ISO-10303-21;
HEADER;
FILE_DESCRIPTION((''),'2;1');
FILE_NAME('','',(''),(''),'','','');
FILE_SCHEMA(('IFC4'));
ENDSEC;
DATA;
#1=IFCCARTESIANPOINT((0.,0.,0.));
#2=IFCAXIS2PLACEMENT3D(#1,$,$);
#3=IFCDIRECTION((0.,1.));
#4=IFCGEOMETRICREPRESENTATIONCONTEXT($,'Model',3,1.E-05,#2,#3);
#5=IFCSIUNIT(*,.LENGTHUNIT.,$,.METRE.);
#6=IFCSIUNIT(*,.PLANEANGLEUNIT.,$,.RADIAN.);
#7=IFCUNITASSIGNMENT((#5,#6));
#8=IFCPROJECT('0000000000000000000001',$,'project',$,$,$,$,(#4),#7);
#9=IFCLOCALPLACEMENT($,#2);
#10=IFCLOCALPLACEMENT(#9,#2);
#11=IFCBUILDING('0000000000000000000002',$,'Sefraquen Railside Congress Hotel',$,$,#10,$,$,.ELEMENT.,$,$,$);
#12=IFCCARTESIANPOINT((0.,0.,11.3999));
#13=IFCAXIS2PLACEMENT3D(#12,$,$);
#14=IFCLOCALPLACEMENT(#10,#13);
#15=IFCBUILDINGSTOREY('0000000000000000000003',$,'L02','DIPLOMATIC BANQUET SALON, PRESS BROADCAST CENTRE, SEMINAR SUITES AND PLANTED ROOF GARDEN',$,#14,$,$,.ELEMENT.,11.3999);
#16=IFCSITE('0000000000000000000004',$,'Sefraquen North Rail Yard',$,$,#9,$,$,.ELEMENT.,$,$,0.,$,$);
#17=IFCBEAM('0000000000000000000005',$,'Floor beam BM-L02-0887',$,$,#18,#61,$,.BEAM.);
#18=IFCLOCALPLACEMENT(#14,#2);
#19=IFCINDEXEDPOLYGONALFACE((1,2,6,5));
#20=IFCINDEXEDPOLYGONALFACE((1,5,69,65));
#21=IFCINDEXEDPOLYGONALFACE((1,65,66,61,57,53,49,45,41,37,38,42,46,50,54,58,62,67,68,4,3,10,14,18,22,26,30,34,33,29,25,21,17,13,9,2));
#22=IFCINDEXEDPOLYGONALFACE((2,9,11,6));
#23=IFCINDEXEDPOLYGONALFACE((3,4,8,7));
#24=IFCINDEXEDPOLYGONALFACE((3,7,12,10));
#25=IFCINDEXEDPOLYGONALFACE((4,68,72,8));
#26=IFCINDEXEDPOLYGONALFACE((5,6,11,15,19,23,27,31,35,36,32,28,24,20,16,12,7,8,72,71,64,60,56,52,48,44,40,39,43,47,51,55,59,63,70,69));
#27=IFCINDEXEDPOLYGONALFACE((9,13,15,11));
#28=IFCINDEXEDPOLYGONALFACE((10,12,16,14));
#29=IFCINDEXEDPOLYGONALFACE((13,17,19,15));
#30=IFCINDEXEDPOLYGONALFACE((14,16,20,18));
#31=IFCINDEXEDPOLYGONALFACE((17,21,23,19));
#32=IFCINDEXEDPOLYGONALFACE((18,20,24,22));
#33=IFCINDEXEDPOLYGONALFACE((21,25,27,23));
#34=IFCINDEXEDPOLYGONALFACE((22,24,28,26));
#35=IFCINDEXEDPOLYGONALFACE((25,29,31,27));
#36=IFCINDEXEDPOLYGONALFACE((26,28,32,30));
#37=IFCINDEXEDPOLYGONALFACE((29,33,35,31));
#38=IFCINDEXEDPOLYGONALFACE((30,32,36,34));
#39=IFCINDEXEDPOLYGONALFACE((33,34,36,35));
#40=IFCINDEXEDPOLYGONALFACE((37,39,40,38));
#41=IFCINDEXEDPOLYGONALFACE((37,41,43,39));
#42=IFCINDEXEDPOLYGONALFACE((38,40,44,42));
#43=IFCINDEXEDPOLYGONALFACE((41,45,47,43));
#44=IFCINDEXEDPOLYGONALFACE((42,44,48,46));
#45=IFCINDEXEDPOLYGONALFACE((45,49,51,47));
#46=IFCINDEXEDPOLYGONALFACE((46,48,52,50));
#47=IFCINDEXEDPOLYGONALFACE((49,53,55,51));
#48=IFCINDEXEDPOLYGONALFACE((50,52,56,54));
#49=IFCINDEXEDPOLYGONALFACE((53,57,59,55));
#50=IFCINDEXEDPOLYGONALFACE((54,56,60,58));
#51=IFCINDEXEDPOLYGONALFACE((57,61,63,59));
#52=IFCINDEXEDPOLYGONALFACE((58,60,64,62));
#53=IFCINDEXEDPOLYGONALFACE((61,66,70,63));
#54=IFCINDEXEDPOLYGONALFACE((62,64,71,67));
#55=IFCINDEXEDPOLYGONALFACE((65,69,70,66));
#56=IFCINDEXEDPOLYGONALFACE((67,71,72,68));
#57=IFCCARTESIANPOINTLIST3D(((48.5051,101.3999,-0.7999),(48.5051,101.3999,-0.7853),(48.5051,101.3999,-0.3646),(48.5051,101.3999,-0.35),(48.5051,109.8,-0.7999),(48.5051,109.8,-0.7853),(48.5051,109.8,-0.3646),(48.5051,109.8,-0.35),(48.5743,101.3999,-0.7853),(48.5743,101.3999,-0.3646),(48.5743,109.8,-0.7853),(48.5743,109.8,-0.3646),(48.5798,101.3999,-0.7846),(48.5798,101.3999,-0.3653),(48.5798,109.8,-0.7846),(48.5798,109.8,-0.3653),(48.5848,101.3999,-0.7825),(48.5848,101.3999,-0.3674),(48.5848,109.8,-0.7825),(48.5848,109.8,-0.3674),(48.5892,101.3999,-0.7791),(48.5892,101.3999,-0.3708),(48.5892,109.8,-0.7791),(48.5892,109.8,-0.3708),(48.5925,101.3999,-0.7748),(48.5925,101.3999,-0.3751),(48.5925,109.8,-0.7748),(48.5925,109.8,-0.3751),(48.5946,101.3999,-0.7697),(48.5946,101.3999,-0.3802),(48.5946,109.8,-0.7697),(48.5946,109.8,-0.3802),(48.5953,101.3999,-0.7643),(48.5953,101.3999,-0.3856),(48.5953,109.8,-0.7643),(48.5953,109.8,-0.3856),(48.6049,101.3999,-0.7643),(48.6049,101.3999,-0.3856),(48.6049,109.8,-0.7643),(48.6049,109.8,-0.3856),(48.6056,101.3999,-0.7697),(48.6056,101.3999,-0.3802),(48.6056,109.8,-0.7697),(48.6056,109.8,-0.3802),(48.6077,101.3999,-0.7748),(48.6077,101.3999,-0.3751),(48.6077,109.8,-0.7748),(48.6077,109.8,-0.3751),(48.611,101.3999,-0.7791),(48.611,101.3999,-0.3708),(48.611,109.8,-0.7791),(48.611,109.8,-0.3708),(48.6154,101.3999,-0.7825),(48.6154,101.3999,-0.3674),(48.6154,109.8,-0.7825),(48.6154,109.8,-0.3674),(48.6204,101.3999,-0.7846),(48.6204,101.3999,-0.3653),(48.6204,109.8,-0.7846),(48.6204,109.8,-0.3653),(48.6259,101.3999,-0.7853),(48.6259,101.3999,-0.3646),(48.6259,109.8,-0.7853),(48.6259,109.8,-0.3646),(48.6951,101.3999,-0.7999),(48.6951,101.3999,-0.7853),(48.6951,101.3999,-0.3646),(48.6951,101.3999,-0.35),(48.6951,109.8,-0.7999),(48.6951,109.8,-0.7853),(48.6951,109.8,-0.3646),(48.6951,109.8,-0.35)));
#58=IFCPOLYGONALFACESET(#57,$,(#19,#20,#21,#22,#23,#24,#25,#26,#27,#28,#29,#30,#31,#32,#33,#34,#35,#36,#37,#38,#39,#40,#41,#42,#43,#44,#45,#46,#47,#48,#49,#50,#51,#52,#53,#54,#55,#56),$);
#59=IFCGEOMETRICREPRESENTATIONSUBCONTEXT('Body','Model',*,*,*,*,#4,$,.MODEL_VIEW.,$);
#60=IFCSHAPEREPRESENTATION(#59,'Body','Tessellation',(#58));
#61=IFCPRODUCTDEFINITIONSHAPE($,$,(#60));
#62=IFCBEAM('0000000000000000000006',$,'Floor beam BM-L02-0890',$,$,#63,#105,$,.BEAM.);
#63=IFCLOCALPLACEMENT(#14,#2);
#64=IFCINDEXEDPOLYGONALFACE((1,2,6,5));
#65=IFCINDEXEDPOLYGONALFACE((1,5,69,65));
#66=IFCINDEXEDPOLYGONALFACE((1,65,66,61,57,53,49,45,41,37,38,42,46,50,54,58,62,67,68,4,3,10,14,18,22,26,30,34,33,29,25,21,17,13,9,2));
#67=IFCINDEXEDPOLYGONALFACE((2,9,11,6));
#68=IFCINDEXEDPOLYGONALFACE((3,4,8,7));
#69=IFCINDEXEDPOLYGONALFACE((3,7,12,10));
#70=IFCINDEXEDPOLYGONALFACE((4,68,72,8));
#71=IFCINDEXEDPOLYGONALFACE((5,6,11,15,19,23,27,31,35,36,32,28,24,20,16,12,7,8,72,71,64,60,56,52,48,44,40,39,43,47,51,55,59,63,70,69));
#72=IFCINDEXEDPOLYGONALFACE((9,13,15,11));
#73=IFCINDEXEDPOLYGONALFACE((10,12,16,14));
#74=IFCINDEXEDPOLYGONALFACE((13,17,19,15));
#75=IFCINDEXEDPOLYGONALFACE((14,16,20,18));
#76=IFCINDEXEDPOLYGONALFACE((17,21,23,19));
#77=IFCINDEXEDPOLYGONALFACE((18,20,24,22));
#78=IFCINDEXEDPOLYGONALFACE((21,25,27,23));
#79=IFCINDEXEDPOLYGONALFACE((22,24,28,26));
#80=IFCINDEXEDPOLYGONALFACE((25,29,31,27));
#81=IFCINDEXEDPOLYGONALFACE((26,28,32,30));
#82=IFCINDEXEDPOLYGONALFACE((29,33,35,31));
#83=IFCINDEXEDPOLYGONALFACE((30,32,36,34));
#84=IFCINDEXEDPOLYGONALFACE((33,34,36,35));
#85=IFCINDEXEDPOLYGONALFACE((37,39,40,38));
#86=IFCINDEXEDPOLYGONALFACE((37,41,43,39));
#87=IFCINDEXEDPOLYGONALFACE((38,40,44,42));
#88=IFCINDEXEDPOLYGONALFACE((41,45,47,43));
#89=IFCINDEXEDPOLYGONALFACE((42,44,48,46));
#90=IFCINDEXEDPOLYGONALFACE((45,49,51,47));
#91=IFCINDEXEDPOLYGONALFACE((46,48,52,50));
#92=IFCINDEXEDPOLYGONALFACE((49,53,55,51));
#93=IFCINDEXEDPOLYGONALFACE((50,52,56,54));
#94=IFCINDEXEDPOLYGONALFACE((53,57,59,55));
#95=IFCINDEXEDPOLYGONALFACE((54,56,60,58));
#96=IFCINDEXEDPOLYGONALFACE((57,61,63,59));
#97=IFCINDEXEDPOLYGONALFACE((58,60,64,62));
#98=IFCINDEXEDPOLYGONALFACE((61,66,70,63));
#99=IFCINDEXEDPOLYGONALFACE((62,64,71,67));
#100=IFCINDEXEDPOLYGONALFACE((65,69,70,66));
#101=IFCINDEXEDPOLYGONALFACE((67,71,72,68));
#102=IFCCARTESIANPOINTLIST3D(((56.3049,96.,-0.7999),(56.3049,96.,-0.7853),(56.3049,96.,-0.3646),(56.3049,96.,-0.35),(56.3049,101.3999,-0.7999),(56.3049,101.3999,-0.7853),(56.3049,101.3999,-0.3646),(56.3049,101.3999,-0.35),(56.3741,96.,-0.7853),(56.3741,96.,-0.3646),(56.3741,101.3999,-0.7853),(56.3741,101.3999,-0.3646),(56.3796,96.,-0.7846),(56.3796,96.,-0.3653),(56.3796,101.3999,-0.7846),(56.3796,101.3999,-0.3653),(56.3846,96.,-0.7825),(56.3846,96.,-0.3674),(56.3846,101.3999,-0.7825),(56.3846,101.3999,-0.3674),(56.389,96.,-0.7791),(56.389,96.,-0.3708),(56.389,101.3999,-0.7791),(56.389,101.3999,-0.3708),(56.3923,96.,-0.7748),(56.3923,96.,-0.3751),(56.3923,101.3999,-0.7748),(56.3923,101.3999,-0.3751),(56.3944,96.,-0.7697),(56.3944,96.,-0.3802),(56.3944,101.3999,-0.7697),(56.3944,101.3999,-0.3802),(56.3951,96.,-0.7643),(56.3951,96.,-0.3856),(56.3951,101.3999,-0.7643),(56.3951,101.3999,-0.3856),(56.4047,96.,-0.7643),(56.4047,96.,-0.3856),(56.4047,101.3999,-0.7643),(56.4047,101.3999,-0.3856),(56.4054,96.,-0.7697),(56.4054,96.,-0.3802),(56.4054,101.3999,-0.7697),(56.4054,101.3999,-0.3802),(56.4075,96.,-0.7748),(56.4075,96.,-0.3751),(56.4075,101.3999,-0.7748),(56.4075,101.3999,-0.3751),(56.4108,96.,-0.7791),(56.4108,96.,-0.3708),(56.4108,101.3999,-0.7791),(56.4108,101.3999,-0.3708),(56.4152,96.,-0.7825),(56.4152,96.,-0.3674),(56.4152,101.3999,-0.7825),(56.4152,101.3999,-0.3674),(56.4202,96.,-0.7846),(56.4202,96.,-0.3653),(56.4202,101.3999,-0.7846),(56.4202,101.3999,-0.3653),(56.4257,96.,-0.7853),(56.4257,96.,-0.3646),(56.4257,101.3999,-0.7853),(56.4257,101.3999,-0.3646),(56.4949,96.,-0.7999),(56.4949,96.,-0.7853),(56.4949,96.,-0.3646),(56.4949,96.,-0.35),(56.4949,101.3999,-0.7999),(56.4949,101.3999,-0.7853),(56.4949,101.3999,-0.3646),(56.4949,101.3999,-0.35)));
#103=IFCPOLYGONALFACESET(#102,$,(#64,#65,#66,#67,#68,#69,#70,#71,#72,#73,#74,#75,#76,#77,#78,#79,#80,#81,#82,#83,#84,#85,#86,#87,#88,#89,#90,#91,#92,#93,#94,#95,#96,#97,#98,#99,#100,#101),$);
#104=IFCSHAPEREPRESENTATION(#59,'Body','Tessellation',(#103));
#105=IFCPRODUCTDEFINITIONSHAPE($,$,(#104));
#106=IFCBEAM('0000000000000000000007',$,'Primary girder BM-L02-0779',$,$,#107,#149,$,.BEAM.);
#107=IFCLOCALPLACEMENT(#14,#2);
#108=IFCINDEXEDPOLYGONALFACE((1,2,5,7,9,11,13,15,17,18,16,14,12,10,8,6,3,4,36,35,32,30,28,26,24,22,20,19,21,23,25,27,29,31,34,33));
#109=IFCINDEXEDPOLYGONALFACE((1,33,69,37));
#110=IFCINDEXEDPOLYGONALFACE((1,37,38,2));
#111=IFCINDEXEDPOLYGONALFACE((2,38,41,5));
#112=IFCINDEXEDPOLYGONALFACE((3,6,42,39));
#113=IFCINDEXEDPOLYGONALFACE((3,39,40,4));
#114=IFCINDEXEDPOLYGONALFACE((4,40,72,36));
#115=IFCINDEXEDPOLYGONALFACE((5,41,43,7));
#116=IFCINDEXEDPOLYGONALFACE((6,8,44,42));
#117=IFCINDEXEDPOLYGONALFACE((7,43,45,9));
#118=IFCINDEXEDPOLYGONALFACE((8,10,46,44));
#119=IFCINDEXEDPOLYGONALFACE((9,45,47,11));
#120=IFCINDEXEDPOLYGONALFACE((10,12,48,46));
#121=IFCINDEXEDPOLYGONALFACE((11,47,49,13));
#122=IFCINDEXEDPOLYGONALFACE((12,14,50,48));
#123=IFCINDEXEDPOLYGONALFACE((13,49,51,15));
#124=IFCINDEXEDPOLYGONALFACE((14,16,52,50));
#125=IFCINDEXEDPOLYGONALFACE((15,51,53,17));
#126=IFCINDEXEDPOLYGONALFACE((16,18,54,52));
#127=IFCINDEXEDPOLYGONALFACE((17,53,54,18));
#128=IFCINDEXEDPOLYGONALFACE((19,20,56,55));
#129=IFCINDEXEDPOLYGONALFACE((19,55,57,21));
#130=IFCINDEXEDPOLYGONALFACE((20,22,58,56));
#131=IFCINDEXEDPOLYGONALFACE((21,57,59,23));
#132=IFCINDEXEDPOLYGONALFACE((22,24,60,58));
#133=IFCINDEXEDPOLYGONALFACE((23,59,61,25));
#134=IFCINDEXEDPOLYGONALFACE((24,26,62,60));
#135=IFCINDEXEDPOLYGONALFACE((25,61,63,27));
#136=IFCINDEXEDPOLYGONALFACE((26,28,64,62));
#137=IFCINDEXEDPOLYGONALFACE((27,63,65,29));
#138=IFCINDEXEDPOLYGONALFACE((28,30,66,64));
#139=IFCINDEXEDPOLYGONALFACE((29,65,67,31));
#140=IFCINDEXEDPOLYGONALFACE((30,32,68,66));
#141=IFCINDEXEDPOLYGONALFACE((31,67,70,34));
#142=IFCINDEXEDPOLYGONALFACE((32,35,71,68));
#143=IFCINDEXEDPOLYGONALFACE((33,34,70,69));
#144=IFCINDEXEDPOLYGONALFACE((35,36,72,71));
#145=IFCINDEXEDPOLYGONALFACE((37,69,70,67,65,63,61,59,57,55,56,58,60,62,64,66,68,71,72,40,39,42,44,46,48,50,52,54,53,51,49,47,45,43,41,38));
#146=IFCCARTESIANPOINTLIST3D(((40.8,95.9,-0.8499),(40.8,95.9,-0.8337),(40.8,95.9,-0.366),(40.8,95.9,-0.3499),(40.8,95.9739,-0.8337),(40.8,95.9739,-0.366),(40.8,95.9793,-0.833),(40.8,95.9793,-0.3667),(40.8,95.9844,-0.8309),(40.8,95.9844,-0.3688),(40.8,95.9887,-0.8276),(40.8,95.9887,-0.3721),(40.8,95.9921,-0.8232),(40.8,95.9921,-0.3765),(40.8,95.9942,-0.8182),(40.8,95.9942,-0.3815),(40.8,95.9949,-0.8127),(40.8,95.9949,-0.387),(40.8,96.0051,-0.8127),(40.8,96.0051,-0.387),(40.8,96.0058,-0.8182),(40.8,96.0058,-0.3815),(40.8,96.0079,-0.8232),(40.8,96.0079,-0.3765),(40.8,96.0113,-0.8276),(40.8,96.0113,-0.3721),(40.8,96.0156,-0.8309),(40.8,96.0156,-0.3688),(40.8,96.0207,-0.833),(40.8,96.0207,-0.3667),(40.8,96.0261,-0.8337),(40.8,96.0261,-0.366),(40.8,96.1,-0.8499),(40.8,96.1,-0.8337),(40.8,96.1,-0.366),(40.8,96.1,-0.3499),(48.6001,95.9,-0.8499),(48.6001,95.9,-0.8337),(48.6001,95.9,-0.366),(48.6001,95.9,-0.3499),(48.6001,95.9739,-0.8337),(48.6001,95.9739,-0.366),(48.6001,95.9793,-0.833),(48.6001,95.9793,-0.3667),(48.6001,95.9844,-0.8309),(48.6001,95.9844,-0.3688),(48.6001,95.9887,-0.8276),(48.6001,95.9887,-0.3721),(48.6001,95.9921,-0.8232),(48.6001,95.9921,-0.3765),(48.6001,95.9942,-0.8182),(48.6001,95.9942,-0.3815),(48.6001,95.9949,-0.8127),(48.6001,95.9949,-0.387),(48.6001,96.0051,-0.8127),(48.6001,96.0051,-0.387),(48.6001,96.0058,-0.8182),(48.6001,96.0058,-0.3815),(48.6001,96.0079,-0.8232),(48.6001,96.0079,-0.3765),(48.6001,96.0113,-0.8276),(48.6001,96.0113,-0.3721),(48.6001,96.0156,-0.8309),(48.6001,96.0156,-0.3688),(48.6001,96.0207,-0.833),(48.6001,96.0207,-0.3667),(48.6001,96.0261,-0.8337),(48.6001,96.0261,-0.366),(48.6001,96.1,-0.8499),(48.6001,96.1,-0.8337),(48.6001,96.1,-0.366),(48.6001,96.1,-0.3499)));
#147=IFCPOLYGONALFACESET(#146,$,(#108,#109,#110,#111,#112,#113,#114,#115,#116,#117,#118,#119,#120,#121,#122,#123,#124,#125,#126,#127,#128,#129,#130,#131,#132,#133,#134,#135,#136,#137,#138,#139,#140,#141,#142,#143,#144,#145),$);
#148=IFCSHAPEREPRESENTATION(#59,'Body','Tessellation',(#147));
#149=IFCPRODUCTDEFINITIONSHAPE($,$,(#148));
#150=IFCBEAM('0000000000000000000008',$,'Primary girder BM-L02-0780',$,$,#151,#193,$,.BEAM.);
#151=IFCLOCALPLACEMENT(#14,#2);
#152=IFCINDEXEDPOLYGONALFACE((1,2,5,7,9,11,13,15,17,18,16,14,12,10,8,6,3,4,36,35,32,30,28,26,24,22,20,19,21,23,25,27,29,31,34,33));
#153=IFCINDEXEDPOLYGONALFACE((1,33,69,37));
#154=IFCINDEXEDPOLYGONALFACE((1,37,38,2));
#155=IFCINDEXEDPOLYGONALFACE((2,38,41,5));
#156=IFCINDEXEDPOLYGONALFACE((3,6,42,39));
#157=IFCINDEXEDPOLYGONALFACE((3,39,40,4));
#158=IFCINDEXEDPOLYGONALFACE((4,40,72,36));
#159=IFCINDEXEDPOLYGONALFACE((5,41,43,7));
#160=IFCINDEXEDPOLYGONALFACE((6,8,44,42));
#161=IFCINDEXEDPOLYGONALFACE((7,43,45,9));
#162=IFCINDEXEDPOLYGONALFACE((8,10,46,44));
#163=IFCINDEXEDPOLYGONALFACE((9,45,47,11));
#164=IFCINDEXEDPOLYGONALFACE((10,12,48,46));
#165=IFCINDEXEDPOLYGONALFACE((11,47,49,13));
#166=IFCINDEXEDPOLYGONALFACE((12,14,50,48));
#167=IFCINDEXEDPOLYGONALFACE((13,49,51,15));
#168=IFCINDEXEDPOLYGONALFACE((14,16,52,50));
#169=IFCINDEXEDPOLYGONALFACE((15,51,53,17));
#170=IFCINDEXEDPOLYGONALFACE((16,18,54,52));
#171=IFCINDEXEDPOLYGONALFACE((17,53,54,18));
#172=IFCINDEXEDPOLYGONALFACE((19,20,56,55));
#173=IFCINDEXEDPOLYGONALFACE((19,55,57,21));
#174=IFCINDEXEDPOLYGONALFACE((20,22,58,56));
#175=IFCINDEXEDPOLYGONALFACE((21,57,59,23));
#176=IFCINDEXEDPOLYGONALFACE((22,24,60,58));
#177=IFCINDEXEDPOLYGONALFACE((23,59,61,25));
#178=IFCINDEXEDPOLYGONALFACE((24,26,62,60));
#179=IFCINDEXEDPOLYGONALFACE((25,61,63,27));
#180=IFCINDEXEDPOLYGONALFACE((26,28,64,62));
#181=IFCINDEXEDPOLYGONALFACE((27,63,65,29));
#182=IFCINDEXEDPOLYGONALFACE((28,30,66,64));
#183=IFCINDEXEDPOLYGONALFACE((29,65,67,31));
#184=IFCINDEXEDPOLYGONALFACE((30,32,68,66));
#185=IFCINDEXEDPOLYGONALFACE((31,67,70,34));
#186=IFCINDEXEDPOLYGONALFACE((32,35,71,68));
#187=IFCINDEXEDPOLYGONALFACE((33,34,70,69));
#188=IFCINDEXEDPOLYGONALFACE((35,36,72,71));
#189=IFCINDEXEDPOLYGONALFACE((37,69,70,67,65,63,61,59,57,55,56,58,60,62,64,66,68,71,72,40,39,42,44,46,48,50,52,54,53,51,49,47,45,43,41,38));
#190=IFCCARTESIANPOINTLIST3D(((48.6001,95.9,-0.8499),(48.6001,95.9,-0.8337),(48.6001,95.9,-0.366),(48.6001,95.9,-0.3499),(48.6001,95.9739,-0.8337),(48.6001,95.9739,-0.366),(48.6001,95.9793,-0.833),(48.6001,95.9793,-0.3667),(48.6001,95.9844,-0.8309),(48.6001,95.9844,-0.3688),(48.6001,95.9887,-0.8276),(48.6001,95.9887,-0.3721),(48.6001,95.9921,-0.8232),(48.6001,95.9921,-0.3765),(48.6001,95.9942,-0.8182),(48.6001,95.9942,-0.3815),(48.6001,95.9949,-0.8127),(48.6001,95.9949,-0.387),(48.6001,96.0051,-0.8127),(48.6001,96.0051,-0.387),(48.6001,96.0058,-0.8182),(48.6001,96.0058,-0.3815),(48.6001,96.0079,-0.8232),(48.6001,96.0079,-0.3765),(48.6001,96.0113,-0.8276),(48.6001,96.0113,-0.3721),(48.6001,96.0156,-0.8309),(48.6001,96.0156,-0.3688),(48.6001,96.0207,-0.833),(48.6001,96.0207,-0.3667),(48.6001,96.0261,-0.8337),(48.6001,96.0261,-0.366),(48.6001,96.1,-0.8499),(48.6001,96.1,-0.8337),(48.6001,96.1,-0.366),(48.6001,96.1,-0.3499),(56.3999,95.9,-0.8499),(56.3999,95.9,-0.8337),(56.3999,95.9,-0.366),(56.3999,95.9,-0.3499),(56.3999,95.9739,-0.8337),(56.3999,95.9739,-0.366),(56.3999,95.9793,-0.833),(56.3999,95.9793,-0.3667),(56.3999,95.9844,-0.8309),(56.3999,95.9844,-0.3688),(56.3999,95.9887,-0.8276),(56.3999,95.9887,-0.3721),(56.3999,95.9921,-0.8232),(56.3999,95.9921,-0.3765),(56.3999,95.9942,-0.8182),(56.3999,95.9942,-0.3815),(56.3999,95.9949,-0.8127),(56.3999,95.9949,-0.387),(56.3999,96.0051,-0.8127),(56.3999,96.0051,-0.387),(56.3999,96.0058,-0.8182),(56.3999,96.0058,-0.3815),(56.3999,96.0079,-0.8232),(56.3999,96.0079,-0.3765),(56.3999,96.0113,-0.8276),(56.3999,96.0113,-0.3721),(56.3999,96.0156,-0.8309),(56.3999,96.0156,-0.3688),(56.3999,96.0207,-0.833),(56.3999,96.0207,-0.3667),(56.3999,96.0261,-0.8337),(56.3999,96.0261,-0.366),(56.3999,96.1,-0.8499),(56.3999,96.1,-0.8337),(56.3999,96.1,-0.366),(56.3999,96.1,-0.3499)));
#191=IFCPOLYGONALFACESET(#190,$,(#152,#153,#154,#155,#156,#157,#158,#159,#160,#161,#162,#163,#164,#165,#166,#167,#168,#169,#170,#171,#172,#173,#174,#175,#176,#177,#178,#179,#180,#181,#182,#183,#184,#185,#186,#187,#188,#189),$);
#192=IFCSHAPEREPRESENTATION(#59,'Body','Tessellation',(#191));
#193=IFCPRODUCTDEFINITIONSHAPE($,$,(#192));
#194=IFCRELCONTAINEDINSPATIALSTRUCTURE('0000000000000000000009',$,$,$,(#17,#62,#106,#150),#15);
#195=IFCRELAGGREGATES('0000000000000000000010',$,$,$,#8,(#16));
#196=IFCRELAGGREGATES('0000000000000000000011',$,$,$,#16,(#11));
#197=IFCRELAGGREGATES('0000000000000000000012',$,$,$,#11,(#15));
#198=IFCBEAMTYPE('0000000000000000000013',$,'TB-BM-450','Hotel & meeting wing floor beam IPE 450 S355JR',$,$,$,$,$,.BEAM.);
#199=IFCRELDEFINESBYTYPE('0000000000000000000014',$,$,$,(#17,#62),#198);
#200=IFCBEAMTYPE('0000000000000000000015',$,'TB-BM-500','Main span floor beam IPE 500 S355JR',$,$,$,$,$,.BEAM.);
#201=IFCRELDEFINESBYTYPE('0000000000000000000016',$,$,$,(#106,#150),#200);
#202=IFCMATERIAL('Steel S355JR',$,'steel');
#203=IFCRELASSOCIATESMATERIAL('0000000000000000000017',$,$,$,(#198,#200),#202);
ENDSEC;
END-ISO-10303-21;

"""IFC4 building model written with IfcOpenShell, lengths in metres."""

from ifc_helpers import new_model, si_unit, direction, frame, origin, origin_2d, place, context, subcontext, project, spatial, i_section, extrude, material, material_profile, profile_set, type_object, element, save


model = new_model("IFC4")

# Units and contexts
model_context = context("Model", 3, precision=1e-05, world=origin(), true_north=direction((0.0, 1.0)))
body_context = subcontext(model_context, "Body", "Model", "MODEL_VIEW")
ifc_project = project(units=[si_unit("LENGTHUNIT", "METRE"), si_unit("PLANEANGLEUNIT", "RADIAN")], contexts=[model_context])

# Site, building, storey
site_placement = place(None, origin())
site = spatial("IfcSite", under=ifc_project, at=site_placement, Name="Sefraquen North Rail Yard", CompositionType="ELEMENT", RefElevation=0.0)
building_placement = place(site_placement, origin())
building = spatial("IfcBuilding", under=site, at=building_placement, Name="Sefraquen Railside Congress Hotel", CompositionType="ELEMENT")
storey_placement = place(building_placement, frame((0.0, 0.0, 11.3999)))
storey = spatial("IfcBuildingStorey", under=building, at=storey_placement, Name="L02", Description="DIPLOMATIC BANQUET SALON, PRESS BROADCAST CENTRE, SEMINAR SUITES AND PLANTED ROOF GARDEN", CompositionType="ELEMENT", Elevation=11.3999)

# Shared definitions
ifc_material_1 = material(Name="Steel S355JR", Category="steel")

# Beams
ifc_material_profile_1 = material_profile(ifc_material_1, i_section(OverallWidth=0.1899, OverallDepth=0.45, WebThickness=0.0095, FlangeThickness=0.0146, FilletRadius=0.021, at=origin_2d()), Name="IPE 450")
ifc_profile_set_1 = profile_set([ifc_material_profile_1], Name="Steel S355JR")
beam_type_1 = type_object("IfcBeamType", Name="TB-BM-450", Description="Hotel & meeting wing floor beam IPE 450 S355JR", PredefinedType="BEAM", material=ifc_profile_set_1)
beam_1_placement = place(storey_placement, frame((48.6001, 101.3999, -0.575), z_axis=(0.0, 1.0, 0.0), x_axis=(-1.0, 0.0, 0.0)))
element("IfcBeam", 1, at=beam_1_placement, inside=storey, type_object=beam_type_1, Name="Floor beam BM-L02-0887", PredefinedType="BEAM", context=body_context, shape_type="SweptSolid", body=[
    extrude(i_section(OverallWidth=0.1899, OverallDepth=0.45, WebThickness=0.0095, FlangeThickness=0.0146, FilletRadius=0.021, at=origin_2d()), origin(), (0.0, 0.0, 1.0), 8.4001),
])
beam_2_placement = place(storey_placement, frame((56.3999, 96.0, -0.575), z_axis=(0.0, 1.0, 0.0), x_axis=(-1.0, 0.0, 0.0)))
element("IfcBeam", 2, at=beam_2_placement, inside=storey, type_object=beam_type_1, Name="Floor beam BM-L02-0890", PredefinedType="BEAM", context=body_context, shape_type="SweptSolid", body=[
    extrude(i_section(OverallWidth=0.1899, OverallDepth=0.45, WebThickness=0.0095, FlangeThickness=0.0146, FilletRadius=0.021, at=origin_2d()), origin(), (0.0, 0.0, 1.0), 5.3999),
])
ifc_material_profile_2 = material_profile(ifc_material_1, i_section(OverallWidth=0.2, OverallDepth=0.5, WebThickness=0.0103, FlangeThickness=0.0161, FilletRadius=0.021, at=origin_2d()), Name="IPE 500")
ifc_profile_set_2 = profile_set([ifc_material_profile_2], Name="Steel S355JR")
beam_type_2 = type_object("IfcBeamType", Name="TB-BM-500", Description="Main span floor beam IPE 500 S355JR", PredefinedType="BEAM", material=ifc_profile_set_2)
beam_3_placement = place(storey_placement, frame((40.8, 96.0, -0.5999), z_axis=(1.0, 0.0, 0.0), x_axis=(0.0, 1.0, 0.0)))
element("IfcBeam", 3, at=beam_3_placement, inside=storey, type_object=beam_type_2, Name="Primary girder BM-L02-0779", PredefinedType="BEAM", context=body_context, shape_type="SweptSolid", body=[
    extrude(i_section(OverallWidth=0.2, OverallDepth=0.5, WebThickness=0.0103, FlangeThickness=0.0161, FilletRadius=0.021, at=origin_2d()), origin(), (0.0, 0.0, 1.0), 7.8),
])
beam_4_placement = place(storey_placement, frame((48.6001, 96.0, -0.5999), z_axis=(1.0, 0.0, 0.0), x_axis=(0.0, 1.0, 0.0)))
element("IfcBeam", 4, at=beam_4_placement, inside=storey, type_object=beam_type_2, Name="Primary girder BM-L02-0780", PredefinedType="BEAM", context=body_context, shape_type="SweptSolid", body=[
    extrude(i_section(OverallWidth=0.2, OverallDepth=0.5, WebThickness=0.0103, FlangeThickness=0.0161, FilletRadius=0.021, at=origin_2d()), origin(), (0.0, 0.0, 1.0), 7.7998),
])

save(model, "model.ifc")
